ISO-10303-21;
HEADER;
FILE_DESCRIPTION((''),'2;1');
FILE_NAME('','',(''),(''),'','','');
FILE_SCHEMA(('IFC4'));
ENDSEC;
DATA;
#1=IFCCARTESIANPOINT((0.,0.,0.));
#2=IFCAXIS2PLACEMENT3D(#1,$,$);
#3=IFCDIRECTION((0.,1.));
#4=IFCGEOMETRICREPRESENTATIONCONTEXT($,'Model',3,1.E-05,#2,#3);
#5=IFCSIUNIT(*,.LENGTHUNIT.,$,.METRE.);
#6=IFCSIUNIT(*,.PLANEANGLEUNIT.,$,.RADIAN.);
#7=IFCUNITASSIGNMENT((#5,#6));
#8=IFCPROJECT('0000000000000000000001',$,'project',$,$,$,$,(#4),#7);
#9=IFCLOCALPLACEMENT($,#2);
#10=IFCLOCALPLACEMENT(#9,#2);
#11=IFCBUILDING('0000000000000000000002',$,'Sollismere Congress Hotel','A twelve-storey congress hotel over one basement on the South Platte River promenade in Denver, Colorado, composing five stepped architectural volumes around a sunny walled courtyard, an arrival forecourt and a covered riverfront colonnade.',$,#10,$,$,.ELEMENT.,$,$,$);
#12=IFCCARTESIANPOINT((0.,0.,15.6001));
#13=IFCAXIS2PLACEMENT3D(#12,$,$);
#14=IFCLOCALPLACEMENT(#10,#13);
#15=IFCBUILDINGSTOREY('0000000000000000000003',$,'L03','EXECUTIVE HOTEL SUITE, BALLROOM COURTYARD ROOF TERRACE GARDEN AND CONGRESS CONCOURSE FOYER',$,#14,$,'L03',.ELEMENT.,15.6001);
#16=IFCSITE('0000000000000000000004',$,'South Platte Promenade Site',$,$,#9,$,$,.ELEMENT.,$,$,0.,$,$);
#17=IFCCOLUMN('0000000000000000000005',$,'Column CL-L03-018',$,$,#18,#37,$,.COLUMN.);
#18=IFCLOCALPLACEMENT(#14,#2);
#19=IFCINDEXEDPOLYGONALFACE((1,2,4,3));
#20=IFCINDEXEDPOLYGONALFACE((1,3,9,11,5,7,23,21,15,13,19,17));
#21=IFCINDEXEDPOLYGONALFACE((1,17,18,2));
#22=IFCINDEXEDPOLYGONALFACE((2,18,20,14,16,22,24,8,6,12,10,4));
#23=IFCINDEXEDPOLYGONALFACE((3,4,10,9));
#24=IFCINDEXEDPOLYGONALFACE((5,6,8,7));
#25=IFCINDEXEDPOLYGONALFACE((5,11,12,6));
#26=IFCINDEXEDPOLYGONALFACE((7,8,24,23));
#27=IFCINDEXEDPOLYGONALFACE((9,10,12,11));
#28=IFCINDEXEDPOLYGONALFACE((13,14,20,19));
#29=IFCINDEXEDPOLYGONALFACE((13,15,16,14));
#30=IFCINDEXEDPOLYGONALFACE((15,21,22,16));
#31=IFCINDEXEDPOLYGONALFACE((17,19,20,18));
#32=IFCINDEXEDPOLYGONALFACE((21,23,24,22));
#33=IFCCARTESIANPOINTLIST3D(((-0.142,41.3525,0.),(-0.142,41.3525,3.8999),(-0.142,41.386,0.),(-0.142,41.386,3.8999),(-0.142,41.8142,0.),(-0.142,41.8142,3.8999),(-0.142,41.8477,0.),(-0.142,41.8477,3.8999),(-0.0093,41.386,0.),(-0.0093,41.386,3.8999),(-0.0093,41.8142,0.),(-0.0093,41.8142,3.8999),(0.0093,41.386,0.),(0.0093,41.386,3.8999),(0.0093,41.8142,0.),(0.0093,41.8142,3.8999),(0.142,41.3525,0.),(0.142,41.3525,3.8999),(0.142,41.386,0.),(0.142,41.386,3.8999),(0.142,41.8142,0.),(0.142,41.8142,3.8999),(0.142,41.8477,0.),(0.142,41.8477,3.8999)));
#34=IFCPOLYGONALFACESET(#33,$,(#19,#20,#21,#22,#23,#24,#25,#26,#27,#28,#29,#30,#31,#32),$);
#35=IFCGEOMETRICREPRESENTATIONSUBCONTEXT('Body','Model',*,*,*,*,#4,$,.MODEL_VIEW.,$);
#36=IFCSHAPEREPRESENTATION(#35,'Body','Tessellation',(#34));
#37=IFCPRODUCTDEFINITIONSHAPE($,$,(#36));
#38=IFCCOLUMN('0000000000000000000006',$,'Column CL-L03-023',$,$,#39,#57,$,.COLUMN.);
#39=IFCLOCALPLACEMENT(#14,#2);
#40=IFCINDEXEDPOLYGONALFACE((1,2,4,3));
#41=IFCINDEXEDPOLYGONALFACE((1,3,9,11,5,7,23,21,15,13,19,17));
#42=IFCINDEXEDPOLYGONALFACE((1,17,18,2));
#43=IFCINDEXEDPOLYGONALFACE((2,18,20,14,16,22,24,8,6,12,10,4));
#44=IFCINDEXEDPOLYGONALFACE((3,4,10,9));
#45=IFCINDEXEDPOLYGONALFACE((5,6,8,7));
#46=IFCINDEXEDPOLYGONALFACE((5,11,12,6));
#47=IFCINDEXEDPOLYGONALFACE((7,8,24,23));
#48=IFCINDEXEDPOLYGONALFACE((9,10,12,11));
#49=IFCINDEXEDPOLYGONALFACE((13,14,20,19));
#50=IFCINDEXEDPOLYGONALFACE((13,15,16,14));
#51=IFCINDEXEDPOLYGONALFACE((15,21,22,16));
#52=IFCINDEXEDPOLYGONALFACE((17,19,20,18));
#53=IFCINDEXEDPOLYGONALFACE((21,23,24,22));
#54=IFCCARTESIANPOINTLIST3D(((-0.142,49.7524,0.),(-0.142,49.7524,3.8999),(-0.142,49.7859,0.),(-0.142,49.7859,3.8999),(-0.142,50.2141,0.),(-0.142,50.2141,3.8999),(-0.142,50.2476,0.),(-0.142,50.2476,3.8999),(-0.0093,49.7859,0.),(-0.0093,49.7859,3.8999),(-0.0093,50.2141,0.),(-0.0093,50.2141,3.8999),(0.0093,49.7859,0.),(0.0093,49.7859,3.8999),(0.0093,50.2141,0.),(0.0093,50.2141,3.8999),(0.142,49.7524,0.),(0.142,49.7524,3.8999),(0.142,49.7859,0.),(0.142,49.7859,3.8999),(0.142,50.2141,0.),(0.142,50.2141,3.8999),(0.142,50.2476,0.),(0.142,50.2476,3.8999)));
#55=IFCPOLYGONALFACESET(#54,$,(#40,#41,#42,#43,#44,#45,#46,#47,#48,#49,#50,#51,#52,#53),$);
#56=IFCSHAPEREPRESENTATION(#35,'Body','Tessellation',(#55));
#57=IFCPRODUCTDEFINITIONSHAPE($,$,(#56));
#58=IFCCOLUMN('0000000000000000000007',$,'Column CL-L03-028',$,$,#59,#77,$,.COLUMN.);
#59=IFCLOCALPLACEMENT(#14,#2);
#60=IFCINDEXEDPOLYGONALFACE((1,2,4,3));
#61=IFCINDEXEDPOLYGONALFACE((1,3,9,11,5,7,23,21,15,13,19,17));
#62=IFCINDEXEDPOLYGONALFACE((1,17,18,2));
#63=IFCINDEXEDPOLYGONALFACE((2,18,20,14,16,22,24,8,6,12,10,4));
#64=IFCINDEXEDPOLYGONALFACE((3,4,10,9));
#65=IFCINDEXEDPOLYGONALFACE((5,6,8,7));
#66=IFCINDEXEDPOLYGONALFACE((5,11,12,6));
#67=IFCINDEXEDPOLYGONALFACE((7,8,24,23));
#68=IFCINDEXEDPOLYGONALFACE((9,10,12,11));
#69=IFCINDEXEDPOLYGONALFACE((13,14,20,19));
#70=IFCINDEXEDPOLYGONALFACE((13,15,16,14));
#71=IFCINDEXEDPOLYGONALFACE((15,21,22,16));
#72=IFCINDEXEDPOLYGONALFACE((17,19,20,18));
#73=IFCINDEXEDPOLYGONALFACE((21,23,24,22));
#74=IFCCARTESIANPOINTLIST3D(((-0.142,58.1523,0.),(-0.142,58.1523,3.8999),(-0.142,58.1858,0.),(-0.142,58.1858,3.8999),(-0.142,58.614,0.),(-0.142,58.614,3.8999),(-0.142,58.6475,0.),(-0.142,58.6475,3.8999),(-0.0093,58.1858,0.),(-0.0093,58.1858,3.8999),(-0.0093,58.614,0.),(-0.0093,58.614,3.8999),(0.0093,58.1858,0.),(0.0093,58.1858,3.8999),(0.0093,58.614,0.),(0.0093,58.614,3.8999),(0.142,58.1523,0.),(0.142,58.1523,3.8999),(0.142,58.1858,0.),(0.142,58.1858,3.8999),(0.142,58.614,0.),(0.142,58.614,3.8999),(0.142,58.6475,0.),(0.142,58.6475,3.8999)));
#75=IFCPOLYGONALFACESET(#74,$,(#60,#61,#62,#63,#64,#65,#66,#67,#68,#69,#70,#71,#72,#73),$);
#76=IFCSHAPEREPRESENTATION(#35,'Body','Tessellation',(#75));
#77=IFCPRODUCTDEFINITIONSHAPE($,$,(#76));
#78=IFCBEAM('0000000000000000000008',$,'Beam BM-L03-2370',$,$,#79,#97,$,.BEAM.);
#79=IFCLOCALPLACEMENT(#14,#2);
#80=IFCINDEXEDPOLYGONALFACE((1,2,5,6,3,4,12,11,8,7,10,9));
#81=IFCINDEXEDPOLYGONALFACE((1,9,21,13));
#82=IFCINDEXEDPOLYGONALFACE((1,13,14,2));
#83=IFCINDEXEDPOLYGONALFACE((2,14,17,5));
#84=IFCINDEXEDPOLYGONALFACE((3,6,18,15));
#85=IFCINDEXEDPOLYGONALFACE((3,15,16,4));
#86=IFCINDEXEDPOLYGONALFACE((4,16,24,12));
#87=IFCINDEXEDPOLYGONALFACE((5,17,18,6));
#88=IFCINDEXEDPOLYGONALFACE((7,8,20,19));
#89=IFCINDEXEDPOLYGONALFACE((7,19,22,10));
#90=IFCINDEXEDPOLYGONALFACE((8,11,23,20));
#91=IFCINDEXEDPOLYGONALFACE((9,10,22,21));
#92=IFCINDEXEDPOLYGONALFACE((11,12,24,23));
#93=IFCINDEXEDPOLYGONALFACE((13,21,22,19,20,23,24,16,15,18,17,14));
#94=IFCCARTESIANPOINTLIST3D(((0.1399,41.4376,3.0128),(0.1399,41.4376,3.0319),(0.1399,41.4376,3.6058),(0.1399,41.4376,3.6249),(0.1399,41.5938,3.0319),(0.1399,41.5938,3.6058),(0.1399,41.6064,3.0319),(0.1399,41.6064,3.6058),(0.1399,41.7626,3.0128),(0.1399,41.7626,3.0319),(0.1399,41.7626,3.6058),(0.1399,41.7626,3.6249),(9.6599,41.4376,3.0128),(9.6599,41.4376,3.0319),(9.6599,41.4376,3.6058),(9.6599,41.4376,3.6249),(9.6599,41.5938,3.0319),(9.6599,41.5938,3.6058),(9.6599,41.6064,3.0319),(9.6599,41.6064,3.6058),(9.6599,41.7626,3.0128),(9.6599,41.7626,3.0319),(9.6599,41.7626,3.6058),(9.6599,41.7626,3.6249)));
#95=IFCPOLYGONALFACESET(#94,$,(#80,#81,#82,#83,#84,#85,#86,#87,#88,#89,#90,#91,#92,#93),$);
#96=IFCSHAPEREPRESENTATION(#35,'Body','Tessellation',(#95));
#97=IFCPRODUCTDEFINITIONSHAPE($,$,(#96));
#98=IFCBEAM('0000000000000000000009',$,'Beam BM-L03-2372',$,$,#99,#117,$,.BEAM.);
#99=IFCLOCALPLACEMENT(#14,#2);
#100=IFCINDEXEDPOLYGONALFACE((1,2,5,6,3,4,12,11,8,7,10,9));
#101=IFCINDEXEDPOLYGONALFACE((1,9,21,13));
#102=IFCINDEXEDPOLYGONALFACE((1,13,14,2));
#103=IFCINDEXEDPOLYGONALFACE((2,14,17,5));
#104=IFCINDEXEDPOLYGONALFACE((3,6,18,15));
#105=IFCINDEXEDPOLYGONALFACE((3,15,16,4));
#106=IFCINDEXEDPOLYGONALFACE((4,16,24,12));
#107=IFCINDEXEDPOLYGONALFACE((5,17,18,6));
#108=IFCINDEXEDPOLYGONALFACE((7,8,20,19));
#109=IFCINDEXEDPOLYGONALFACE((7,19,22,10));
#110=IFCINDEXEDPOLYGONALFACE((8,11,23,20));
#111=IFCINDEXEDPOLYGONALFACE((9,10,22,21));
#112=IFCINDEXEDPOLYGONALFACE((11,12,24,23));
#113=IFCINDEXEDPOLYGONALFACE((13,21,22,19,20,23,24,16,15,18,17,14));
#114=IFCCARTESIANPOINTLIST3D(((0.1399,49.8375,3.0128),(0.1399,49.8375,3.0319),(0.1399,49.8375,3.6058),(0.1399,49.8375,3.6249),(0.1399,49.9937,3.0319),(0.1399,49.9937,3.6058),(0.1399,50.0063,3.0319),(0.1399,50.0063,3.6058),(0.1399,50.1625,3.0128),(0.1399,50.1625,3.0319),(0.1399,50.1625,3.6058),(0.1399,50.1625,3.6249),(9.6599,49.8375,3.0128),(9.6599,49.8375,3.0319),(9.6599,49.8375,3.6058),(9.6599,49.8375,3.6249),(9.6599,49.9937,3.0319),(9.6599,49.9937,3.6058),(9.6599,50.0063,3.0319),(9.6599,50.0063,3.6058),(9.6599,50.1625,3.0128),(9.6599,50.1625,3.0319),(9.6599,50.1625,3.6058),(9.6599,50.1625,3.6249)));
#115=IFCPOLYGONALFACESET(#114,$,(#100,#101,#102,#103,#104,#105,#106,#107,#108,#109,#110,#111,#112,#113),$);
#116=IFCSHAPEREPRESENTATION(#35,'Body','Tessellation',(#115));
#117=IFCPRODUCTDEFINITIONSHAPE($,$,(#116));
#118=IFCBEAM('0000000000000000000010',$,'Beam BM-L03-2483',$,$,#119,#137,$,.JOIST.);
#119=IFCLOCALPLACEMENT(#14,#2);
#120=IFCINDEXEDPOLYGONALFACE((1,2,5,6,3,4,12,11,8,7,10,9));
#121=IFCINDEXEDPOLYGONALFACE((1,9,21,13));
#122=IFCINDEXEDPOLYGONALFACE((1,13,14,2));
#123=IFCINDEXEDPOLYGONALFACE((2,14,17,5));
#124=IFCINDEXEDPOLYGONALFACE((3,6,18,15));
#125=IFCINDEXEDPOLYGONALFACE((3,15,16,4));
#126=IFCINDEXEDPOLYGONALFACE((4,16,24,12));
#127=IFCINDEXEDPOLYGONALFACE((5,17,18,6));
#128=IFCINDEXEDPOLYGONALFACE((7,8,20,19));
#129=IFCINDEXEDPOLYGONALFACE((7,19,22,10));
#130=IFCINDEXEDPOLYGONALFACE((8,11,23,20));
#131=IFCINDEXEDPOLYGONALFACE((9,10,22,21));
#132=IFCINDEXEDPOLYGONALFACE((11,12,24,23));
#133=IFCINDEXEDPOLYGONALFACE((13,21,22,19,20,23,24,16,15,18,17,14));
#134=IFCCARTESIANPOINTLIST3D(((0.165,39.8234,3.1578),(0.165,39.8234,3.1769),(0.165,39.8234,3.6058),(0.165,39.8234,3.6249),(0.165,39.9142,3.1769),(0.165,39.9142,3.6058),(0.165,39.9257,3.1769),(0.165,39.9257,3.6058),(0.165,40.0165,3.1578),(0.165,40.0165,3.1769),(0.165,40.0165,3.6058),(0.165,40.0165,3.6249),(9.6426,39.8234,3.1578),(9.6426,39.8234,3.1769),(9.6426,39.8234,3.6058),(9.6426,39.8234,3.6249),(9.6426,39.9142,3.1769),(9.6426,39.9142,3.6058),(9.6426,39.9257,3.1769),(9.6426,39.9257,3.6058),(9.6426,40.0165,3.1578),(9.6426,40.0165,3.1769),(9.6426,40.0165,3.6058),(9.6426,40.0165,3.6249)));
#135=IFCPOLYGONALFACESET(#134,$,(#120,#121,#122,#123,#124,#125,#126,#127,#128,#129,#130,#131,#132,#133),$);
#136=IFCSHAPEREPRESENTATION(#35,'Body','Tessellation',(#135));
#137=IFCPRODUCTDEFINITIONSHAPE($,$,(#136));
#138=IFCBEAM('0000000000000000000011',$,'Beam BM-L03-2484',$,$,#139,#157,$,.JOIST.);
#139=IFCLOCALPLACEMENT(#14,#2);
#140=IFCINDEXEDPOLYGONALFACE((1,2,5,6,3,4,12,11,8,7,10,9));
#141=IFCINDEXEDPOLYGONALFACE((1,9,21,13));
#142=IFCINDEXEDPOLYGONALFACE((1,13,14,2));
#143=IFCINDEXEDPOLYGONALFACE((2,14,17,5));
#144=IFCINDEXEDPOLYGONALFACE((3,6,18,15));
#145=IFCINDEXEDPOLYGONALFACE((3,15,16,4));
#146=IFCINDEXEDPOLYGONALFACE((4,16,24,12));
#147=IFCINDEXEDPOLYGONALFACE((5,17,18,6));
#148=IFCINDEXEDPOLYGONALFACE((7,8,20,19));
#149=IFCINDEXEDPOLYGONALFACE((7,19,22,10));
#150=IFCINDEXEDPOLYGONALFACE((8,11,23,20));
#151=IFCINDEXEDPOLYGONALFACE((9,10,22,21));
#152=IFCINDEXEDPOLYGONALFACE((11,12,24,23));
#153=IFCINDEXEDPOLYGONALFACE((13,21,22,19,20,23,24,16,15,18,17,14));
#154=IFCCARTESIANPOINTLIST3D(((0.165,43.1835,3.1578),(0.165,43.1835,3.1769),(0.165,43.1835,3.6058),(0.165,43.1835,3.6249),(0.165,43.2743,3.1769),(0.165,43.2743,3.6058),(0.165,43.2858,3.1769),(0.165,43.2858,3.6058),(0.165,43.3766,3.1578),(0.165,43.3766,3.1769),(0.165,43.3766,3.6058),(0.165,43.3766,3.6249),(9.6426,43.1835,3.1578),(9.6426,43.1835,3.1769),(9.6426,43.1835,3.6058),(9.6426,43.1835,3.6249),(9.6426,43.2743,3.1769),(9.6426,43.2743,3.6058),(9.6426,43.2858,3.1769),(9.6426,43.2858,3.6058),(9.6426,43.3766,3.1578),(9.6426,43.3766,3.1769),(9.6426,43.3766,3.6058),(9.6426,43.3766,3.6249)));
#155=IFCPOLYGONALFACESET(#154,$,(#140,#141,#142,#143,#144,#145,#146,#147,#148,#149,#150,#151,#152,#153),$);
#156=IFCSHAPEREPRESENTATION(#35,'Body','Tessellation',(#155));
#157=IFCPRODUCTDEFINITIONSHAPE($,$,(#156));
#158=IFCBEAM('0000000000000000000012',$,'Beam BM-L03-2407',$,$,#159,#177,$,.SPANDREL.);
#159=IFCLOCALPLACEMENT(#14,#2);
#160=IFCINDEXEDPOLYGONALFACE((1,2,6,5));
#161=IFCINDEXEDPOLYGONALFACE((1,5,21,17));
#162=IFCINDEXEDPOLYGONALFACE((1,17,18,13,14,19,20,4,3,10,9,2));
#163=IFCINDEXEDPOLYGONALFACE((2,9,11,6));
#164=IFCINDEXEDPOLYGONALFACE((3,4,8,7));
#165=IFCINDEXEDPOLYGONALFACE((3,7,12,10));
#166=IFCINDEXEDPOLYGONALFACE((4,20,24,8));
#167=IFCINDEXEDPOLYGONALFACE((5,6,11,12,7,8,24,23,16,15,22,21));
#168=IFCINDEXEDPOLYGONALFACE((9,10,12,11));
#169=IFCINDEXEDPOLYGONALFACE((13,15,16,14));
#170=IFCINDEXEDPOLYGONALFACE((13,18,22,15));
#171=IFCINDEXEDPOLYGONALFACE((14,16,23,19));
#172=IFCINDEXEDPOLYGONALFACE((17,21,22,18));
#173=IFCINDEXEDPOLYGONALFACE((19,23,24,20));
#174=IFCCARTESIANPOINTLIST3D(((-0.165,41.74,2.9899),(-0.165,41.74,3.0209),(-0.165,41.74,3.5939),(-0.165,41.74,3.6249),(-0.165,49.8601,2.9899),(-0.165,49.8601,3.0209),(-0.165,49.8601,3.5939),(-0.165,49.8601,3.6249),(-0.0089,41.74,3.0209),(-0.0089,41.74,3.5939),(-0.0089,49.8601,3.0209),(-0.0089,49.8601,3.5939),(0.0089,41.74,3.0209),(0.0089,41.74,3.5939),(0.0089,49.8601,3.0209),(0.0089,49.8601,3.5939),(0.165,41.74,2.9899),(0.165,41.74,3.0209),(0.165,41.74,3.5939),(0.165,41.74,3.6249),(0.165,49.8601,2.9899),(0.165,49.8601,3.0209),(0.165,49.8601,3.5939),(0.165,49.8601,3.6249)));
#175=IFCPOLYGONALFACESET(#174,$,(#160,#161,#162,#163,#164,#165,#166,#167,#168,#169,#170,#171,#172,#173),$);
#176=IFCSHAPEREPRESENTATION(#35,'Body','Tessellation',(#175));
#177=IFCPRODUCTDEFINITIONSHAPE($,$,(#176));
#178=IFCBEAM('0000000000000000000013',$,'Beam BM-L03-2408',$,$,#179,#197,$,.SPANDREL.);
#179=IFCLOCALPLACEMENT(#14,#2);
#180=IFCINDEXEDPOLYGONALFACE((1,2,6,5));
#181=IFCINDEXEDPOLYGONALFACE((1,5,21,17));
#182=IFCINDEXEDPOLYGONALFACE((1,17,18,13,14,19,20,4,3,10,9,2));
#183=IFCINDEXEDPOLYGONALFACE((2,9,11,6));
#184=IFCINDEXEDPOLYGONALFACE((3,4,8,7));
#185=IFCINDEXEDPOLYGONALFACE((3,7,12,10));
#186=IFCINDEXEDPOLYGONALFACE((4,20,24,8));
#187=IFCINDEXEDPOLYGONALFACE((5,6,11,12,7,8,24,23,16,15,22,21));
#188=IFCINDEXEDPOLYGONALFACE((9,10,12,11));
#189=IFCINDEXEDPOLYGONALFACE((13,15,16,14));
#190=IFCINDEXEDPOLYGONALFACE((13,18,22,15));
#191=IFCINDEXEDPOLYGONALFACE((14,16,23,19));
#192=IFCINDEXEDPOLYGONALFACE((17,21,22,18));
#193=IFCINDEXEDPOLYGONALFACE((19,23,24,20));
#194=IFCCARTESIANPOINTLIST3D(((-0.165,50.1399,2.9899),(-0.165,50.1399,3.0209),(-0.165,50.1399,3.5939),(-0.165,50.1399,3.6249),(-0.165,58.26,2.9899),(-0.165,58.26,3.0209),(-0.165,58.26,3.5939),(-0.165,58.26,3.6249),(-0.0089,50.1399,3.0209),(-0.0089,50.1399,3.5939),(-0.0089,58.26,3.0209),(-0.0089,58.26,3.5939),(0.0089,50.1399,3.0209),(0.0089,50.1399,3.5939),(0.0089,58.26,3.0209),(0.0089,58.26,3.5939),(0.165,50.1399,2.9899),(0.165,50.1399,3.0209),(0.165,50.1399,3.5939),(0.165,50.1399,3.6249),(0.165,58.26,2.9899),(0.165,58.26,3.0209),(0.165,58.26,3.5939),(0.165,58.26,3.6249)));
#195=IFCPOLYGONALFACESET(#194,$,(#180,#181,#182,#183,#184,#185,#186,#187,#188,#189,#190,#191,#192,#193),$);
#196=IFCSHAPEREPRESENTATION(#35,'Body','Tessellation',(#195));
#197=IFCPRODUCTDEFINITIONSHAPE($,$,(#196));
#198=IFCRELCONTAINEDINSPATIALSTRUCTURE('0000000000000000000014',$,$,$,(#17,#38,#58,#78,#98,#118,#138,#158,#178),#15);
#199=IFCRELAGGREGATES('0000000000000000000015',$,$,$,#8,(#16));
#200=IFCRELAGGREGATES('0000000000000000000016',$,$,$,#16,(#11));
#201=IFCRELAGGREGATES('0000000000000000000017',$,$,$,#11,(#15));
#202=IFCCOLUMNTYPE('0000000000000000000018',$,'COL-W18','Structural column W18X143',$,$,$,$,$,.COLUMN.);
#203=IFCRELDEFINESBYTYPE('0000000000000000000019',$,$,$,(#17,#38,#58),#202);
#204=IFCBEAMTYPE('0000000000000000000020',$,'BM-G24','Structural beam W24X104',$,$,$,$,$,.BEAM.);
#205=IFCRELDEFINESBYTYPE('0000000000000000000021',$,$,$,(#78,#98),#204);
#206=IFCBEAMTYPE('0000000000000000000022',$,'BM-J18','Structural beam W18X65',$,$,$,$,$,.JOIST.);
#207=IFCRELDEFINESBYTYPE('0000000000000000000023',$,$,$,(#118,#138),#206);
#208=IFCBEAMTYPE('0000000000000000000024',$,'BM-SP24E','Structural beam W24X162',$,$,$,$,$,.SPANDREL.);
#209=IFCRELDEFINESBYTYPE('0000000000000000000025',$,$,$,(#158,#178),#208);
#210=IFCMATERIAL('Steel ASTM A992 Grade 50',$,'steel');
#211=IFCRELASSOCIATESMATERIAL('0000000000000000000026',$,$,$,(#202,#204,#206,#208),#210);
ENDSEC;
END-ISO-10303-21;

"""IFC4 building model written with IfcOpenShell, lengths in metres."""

from ifc_helpers import new_model, si_unit, direction, frame, origin, origin_2d, place, context, subcontext, project, spatial, i_section, extrude, material, material_profile, profile_set, type_object, element, save


model = new_model("IFC4")

# Units and contexts
model_context = context("Model", 3, precision=1e-05, world=origin(), true_north=direction((0.0, 1.0)))
body_context = subcontext(model_context, "Body", "Model", "MODEL_VIEW")
ifc_project = project(units=[si_unit("LENGTHUNIT", "METRE"), si_unit("PLANEANGLEUNIT", "RADIAN")], contexts=[model_context])

# Site, building, storey
site_placement = place(None, origin())
site = spatial("IfcSite", under=ifc_project, at=site_placement, Name="South Platte Promenade Site", CompositionType="ELEMENT", RefElevation=0.0)
building_placement = place(site_placement, origin())
building = spatial("IfcBuilding", under=site, at=building_placement, Name="Sollismere Congress Hotel", Description="A twelve-storey congress hotel over one basement on the South Platte River promenade in Denver, Colorado, composing five stepped architectural volumes around a sunny walled courtyard, an arrival forecourt and a covered riverfront colonnade.", CompositionType="ELEMENT")
storey_placement = place(building_placement, frame((0.0, 0.0, 15.6001)))
storey = spatial("IfcBuildingStorey", under=building, at=storey_placement, Name="L03", Description="EXECUTIVE HOTEL SUITE, BALLROOM COURTYARD ROOF TERRACE GARDEN AND CONGRESS CONCOURSE FOYER", LongName="L03", CompositionType="ELEMENT", Elevation=15.6001)

# Columns
ifc_material_1 = material(Name="Steel ASTM A992 Grade 50", Category="steel")
ifc_material_profile_1 = material_profile(ifc_material_1, i_section(OverallWidth=0.2839, OverallDepth=0.4951, WebThickness=0.0186, FlangeThickness=0.0334, at=origin_2d()), Name="W18X143")
ifc_profile_set_1 = profile_set([ifc_material_profile_1], Name="Steel ASTM A992 Grade 50")
column_type = type_object("IfcColumnType", Name="COL-W18", Description="Structural column W18X143", PredefinedType="COLUMN", material=ifc_profile_set_1)
for number, where, z_axis, x_axis, name in (
    (1, (0.0, 41.6001, 0.0), (0.0, 0.0, 1.0), (1.0, 0.0, 0.0), "Column CL-L03-018"),
    (2, (0.0, 50.0, 0.0), (0.0, 0.0, 1.0), (1.0, 0.0, 0.0), "Column CL-L03-023"),
    (3, (0.0, 58.3999, 0.0), (0.0, 0.0, 1.0), (1.0, 0.0, 0.0), "Column CL-L03-028"),
):
    element("IfcColumn", number, at=place(storey_placement, frame(where, z_axis=z_axis, x_axis=x_axis)), inside=storey, type_object=column_type, Name=name, PredefinedType="COLUMN", context=body_context, shape_type="SweptSolid", body=[
        extrude(i_section(OverallWidth=0.2839, OverallDepth=0.4951, WebThickness=0.0186, FlangeThickness=0.0334, at=origin_2d()), origin(), (0.0, 0.0, 1.0), 3.8999),
    ])

# Beams
ifc_material_profile_2 = material_profile(ifc_material_1, i_section(OverallWidth=0.325, OverallDepth=0.6121, WebThickness=0.0127, FlangeThickness=0.019, at=origin_2d()), Name="W24X104")
ifc_profile_set_2 = profile_set([ifc_material_profile_2], Name="Steel ASTM A992 Grade 50")
beam_type_1 = type_object("IfcBeamType", Name="BM-G24", Description="Structural beam W24X104", PredefinedType="BEAM", material=ifc_profile_set_2)
for number, where, z_axis, x_axis, name in (
    (4, (0.1399, 41.6001, 3.3188), (1.0, 0.0, 0.0), (0.0, 1.0, 0.0), "Beam BM-L03-2370"),
    (5, (0.1399, 50.0, 3.3188), (1.0, 0.0, 0.0), (0.0, 1.0, 0.0), "Beam BM-L03-2372"),
):
    element("IfcBeam", number, at=place(storey_placement, frame(where, z_axis=z_axis, x_axis=x_axis)), inside=storey, type_object=beam_type_1, Name=name, PredefinedType="BEAM", context=body_context, shape_type="SweptSolid", body=[
        extrude(i_section(OverallWidth=0.325, OverallDepth=0.6121, WebThickness=0.0127, FlangeThickness=0.019, at=origin_2d()), origin(), (0.0, 0.0, 1.0), 9.52),
    ])
ifc_material_profile_3 = material_profile(ifc_material_1, i_section(OverallWidth=0.1931, OverallDepth=0.467, WebThickness=0.0115, FlangeThickness=0.019, at=origin_2d()), Name="W18X65")
ifc_profile_set_3 = profile_set([ifc_material_profile_3], Name="Steel ASTM A992 Grade 50")
beam_type_2 = type_object("IfcBeamType", Name="BM-J18", Description="Structural beam W18X65", PredefinedType="JOIST", material=ifc_profile_set_3)
for number, where, z_axis, x_axis, name in (
    (6, (0.165, 39.9199, 3.3914), (1.0, 0.0, 0.0), (0.0, 1.0, 0.0), "Beam BM-L03-2483"),
    (7, (0.165, 43.28, 3.3914), (1.0, 0.0, 0.0), (0.0, 1.0, 0.0), "Beam BM-L03-2484"),
):
    element("IfcBeam", number, at=place(storey_placement, frame(where, z_axis=z_axis, x_axis=x_axis)), inside=storey, type_object=beam_type_2, Name=name, PredefinedType="JOIST", context=body_context, shape_type="SweptSolid", body=[
        extrude(i_section(OverallWidth=0.1931, OverallDepth=0.467, WebThickness=0.0115, FlangeThickness=0.019, at=origin_2d()), origin(), (0.0, 0.0, 1.0), 9.4775),
    ])
ifc_material_profile_4 = material_profile(ifc_material_1, i_section(OverallWidth=0.3301, OverallDepth=0.635, WebThickness=0.0178, FlangeThickness=0.031, at=origin_2d()), Name="W24X162")
ifc_profile_set_4 = profile_set([ifc_material_profile_4], Name="Steel ASTM A992 Grade 50")
beam_type_3 = type_object("IfcBeamType", Name="BM-SP24E", Description="Structural beam W24X162", PredefinedType="SPANDREL", material=ifc_profile_set_4)
for number, where, z_axis, x_axis, name in (
    (8, (0.0, 41.74, 3.3074), (0.0, 1.0, 0.0), (-1.0, 0.0, 0.0), "Beam BM-L03-2407"),
    (9, (0.0, 50.1399, 3.3074), (0.0, 1.0, 0.0), (-1.0, 0.0, 0.0), "Beam BM-L03-2408"),
):
    element("IfcBeam", number, at=place(storey_placement, frame(where, z_axis=z_axis, x_axis=x_axis)), inside=storey, type_object=beam_type_3, Name=name, PredefinedType="SPANDREL", context=body_context, shape_type="SweptSolid", body=[
        extrude(i_section(OverallWidth=0.3301, OverallDepth=0.635, WebThickness=0.0178, FlangeThickness=0.031, at=origin_2d()), origin(), (0.0, 0.0, 1.0), 8.1201),
    ])

save(model, "model.ifc")
